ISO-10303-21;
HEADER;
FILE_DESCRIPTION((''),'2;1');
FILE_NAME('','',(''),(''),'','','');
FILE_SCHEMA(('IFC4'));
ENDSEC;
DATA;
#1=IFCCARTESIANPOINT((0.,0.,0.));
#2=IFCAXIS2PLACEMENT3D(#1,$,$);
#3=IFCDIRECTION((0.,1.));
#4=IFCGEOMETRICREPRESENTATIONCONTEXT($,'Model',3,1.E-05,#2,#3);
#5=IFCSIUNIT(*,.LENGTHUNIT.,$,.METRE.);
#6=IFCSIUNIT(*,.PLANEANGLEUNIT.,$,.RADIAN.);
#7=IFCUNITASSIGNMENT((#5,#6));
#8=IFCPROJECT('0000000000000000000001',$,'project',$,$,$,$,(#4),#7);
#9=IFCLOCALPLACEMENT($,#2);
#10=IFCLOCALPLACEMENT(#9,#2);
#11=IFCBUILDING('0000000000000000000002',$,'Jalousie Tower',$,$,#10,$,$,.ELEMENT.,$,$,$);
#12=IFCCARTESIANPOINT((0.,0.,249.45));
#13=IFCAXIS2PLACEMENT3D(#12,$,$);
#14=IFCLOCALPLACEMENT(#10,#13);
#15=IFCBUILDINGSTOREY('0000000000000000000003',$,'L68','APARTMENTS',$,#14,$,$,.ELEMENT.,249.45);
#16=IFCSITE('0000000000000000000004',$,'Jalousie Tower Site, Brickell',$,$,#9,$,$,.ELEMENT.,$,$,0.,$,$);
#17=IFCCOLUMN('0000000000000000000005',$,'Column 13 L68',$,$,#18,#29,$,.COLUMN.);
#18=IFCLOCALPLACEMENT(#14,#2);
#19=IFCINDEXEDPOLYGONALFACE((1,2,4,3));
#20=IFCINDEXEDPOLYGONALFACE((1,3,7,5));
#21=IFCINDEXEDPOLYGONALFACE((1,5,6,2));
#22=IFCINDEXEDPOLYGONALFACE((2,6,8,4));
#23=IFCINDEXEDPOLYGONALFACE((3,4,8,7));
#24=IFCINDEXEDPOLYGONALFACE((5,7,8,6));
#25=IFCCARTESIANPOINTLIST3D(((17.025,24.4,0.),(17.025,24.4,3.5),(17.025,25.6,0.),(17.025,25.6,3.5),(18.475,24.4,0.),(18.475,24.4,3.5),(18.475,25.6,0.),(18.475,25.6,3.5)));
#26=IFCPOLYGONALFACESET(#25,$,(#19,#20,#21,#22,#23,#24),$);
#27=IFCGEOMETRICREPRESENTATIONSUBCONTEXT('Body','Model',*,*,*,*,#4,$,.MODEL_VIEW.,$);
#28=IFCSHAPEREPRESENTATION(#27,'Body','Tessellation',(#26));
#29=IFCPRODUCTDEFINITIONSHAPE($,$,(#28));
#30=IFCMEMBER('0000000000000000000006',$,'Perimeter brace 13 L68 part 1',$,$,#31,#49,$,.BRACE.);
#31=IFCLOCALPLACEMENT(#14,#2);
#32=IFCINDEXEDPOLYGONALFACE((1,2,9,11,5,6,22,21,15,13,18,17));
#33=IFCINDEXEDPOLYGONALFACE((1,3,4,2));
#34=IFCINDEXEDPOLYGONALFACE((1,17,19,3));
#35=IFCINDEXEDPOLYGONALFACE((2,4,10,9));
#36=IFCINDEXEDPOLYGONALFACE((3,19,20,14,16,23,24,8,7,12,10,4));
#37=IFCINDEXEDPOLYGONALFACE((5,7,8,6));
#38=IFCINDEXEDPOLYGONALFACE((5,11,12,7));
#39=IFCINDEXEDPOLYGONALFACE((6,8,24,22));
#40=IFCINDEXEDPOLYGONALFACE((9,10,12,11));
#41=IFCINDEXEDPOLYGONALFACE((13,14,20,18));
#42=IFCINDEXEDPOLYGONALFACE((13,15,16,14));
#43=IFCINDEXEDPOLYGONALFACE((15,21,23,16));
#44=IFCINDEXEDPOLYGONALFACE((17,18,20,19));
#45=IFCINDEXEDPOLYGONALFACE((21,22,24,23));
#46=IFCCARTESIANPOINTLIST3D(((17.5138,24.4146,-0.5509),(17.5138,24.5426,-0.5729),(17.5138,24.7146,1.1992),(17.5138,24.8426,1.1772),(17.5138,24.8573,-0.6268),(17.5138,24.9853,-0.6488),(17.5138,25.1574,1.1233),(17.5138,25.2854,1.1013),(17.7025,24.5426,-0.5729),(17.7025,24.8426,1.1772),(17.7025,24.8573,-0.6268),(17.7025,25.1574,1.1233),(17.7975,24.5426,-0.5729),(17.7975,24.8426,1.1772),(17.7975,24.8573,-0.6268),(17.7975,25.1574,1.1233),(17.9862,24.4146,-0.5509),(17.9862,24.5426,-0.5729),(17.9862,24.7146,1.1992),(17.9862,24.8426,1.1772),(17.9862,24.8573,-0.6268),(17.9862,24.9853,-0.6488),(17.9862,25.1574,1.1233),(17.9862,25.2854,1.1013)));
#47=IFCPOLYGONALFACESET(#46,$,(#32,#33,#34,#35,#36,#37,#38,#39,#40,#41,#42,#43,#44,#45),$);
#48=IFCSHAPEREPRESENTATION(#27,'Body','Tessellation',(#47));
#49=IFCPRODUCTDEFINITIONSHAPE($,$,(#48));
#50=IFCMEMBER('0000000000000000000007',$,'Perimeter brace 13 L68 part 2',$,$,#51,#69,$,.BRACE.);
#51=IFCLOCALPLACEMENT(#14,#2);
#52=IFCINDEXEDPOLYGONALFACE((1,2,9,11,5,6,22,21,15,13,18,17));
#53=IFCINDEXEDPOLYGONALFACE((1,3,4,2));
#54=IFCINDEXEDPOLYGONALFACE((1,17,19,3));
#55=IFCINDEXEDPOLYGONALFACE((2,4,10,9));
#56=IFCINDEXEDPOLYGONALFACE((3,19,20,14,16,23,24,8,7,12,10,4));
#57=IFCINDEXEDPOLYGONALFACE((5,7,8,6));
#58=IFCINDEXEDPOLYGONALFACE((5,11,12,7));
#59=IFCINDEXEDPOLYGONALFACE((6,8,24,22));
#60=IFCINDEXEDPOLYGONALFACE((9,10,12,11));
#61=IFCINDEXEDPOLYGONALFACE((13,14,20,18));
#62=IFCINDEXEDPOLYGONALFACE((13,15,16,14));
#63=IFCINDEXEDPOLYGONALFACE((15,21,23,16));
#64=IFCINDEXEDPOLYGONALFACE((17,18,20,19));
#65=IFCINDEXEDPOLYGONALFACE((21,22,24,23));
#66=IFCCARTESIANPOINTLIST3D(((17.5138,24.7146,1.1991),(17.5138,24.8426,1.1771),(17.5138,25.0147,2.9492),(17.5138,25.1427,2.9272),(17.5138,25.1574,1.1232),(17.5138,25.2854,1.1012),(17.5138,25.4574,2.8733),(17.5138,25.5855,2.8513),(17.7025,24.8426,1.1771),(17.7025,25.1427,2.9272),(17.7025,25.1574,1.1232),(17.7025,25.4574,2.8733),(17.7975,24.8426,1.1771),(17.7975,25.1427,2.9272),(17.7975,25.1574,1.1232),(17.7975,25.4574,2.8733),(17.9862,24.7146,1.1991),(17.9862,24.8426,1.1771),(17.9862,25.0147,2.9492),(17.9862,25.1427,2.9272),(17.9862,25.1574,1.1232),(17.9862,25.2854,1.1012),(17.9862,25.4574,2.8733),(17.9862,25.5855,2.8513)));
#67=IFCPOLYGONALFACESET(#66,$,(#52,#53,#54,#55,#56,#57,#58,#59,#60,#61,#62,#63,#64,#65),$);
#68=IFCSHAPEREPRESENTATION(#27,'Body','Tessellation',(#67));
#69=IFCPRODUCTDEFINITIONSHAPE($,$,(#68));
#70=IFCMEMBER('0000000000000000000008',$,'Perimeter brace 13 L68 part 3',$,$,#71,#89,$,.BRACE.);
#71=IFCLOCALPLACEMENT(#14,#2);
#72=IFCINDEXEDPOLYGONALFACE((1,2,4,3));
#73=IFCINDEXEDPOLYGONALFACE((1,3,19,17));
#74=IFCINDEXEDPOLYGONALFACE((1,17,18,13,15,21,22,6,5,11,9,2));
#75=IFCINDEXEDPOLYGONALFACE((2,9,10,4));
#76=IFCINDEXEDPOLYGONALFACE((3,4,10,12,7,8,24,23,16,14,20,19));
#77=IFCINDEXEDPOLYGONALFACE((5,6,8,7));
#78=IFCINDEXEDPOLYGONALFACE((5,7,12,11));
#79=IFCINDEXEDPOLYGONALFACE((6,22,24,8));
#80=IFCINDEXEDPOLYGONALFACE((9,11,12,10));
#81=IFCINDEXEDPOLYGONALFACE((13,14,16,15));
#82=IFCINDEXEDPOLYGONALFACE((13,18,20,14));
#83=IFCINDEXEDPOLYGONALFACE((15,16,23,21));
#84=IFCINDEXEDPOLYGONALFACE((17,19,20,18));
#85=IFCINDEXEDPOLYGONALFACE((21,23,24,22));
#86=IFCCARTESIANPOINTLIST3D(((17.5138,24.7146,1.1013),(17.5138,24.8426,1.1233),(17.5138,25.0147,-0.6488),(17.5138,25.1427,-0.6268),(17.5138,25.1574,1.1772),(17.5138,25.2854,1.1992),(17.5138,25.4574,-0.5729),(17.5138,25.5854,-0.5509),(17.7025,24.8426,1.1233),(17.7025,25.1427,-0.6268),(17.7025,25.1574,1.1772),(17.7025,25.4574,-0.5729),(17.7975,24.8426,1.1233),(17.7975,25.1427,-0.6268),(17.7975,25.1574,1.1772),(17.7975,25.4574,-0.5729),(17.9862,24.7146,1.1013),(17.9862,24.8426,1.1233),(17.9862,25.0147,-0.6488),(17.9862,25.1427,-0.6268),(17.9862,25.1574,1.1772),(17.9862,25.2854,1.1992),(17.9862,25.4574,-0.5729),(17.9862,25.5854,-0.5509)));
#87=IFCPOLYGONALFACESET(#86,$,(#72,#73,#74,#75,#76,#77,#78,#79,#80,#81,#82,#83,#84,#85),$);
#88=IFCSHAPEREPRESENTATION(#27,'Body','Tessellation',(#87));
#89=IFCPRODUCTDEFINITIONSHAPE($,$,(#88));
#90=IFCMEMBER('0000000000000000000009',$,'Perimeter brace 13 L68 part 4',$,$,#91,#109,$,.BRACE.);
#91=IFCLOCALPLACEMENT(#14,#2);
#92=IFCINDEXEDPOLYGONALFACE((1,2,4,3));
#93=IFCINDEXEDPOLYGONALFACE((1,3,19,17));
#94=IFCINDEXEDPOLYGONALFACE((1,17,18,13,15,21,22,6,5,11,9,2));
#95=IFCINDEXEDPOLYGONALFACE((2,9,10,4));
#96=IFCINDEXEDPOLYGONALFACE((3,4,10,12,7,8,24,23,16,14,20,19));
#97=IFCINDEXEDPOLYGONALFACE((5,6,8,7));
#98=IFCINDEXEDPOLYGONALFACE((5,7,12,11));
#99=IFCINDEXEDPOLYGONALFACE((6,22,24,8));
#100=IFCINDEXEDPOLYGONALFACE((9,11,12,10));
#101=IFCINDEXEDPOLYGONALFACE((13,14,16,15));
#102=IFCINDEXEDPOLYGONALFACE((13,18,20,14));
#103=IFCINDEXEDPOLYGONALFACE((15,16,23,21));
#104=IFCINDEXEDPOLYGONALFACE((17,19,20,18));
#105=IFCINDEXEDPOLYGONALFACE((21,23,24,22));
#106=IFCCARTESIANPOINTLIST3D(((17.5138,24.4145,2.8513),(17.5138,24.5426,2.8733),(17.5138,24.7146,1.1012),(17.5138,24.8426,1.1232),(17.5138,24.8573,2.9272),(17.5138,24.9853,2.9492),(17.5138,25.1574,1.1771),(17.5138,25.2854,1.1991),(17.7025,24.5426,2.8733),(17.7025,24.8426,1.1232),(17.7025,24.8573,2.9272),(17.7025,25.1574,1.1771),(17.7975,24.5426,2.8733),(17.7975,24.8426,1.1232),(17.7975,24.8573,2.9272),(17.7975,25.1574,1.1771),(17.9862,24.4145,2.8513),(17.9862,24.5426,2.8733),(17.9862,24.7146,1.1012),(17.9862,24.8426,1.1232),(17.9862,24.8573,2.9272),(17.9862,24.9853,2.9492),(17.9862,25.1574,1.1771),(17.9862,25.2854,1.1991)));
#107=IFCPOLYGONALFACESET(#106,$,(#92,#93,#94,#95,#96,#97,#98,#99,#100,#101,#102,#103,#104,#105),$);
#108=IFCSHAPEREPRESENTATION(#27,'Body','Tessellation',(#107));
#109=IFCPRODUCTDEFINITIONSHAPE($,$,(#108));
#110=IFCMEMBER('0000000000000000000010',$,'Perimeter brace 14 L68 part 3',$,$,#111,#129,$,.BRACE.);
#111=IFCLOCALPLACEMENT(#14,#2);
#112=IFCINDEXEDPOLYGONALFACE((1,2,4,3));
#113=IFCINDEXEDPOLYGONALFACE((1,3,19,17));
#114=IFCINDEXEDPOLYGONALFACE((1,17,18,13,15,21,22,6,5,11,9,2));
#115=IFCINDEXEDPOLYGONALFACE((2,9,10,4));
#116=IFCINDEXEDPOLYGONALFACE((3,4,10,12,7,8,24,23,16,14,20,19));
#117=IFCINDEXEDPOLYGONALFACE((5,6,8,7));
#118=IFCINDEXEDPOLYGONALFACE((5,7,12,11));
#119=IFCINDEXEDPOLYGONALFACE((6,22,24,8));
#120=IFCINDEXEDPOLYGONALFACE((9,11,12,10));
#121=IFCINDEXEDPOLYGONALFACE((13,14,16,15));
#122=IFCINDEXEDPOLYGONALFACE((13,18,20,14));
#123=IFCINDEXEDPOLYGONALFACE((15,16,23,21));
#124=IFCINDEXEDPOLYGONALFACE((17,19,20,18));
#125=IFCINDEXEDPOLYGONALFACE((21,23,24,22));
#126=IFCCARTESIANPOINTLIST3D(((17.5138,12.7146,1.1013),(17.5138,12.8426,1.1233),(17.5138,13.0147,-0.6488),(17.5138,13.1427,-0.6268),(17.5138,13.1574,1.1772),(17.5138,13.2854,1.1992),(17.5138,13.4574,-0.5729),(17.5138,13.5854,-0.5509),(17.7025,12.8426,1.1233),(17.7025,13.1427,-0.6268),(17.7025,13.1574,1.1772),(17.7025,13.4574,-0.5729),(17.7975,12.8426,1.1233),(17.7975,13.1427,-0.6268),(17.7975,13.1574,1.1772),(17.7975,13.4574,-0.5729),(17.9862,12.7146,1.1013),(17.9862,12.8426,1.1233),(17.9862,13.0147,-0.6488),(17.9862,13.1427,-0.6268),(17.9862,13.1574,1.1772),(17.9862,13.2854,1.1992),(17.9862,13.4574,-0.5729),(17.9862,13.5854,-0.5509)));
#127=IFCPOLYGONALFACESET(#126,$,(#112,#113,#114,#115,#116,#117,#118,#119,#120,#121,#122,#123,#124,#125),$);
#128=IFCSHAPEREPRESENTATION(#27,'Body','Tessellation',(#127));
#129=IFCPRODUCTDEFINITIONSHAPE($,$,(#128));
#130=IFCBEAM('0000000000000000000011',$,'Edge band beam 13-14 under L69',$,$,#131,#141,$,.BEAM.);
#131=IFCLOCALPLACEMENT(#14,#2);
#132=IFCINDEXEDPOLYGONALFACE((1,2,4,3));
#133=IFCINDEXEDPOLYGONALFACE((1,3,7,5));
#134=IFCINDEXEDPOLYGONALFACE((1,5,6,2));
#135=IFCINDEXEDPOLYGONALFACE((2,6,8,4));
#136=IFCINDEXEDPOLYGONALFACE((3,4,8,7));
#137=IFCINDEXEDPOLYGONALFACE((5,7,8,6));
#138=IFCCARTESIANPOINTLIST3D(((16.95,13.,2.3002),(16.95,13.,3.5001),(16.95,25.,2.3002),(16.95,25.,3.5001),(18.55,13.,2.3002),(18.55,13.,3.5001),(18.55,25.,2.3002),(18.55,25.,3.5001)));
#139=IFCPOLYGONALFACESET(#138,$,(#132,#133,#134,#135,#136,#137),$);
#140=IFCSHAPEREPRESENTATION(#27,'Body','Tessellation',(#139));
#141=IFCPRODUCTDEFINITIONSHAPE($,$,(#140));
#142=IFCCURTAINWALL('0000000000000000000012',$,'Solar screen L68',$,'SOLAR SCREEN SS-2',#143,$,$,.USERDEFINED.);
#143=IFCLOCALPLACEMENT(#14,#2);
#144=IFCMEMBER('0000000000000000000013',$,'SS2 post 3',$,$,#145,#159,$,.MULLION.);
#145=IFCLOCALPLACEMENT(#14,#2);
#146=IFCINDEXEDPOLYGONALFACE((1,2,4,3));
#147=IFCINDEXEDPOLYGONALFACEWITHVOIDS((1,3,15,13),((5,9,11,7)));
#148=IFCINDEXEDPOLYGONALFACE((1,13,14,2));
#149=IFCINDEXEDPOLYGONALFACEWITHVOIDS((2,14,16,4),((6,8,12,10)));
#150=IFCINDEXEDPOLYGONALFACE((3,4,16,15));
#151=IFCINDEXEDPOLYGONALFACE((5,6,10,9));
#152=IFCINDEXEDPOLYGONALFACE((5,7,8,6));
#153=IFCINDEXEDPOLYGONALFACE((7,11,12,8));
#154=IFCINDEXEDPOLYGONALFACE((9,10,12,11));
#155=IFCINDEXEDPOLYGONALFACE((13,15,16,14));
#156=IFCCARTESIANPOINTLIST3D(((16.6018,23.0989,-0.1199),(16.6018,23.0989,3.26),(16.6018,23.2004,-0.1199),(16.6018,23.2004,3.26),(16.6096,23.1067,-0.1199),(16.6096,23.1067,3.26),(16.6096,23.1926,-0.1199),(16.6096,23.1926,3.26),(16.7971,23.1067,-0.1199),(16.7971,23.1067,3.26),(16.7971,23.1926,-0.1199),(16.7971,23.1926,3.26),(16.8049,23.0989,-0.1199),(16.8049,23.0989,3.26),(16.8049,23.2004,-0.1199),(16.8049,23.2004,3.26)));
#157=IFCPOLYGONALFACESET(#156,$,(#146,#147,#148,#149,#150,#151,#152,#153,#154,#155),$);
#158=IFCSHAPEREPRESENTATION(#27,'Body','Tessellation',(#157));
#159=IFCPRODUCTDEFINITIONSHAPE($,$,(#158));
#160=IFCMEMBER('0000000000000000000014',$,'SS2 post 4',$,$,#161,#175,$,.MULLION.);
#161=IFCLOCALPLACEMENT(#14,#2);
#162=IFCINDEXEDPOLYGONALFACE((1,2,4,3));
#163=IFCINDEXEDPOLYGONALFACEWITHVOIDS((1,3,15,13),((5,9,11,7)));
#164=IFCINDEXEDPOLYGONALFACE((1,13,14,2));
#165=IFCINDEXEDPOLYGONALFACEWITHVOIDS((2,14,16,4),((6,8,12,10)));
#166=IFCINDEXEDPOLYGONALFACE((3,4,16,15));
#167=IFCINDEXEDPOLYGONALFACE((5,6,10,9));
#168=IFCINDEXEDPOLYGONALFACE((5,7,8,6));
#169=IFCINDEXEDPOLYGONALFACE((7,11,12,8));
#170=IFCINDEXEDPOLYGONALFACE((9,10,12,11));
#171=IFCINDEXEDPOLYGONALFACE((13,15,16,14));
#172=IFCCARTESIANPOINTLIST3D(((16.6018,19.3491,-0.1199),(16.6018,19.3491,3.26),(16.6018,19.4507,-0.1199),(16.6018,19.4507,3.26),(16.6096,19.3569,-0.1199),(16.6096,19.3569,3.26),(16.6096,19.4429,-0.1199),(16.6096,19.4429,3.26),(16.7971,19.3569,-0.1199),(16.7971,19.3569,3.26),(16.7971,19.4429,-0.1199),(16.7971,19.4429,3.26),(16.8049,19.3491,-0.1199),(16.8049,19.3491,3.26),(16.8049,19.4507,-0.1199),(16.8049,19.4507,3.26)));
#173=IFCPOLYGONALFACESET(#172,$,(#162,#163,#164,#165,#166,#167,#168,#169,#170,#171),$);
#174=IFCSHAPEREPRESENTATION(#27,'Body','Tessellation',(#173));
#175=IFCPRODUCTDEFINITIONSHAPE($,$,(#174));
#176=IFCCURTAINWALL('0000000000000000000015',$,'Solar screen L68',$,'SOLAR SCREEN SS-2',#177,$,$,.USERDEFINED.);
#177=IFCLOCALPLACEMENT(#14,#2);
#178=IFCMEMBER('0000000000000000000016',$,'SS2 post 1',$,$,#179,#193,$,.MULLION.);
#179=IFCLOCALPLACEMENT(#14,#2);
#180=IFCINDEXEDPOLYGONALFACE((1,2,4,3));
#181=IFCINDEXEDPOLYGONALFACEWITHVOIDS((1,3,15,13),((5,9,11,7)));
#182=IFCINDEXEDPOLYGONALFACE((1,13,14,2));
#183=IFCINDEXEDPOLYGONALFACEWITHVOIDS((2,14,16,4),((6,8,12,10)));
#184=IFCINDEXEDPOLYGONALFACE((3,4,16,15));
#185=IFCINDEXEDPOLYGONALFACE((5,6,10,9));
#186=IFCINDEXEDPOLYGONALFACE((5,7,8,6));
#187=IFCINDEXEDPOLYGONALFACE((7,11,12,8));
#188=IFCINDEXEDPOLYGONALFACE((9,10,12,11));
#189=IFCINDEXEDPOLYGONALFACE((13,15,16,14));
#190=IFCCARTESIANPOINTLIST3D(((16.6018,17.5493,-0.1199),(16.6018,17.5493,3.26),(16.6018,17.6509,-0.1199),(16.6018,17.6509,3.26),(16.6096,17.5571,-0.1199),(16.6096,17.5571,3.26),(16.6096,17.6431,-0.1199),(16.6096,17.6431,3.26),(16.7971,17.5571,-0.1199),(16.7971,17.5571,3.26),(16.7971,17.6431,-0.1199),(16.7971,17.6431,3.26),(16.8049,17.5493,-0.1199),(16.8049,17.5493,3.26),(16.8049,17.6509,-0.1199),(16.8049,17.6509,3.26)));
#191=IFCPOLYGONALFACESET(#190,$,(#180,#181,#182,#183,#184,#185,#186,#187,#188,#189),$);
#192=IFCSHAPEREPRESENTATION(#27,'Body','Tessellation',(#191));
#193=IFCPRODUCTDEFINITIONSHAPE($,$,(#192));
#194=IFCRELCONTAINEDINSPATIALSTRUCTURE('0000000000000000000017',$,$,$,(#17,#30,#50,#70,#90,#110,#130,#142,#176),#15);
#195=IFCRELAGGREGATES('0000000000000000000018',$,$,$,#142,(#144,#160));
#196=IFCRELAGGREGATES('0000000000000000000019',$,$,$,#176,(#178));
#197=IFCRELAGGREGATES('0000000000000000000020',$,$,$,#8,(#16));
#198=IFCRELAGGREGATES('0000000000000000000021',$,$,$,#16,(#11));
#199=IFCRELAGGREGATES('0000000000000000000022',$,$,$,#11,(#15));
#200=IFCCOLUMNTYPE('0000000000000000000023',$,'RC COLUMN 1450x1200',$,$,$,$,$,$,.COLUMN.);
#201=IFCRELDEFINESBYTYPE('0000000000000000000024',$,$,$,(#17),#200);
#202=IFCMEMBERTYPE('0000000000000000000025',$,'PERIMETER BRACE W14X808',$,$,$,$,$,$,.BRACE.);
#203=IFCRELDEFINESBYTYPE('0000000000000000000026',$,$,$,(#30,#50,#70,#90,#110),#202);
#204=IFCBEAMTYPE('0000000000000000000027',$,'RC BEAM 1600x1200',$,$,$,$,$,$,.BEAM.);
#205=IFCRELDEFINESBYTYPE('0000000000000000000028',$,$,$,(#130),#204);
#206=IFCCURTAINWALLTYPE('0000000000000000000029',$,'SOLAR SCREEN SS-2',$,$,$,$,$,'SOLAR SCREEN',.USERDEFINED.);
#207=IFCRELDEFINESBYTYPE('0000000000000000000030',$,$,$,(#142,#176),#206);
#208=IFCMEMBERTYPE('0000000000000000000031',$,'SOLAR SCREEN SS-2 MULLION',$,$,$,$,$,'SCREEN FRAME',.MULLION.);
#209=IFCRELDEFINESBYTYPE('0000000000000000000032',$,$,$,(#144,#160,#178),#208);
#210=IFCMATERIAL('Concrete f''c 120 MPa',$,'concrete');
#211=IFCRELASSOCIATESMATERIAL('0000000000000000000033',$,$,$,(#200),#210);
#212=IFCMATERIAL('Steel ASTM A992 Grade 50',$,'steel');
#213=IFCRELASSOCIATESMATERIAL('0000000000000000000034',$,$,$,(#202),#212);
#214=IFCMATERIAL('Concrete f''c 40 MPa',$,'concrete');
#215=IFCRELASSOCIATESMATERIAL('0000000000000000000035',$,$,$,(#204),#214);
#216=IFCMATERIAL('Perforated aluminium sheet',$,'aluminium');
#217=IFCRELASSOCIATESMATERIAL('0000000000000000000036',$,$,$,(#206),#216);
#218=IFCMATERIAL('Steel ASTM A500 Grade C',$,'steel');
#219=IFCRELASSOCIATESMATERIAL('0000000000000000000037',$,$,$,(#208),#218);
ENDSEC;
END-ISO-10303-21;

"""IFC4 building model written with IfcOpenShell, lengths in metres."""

from ifc_helpers import new_model, si_unit, direction, frame, origin, origin_2d, place, context, subcontext, project, spatial, rectangle, hollow_rectangle, i_section, extrude, material, material_profile, profile_set, type_object, element, aggregate, save


model = new_model("IFC4")

# Units and contexts
model_context = context("Model", 3, precision=1e-05, world=origin(), true_north=direction((0.0, 1.0)))
body_context = subcontext(model_context, "Body", "Model", "MODEL_VIEW")
ifc_project = project(units=[si_unit("LENGTHUNIT", "METRE"), si_unit("PLANEANGLEUNIT", "RADIAN")], contexts=[model_context])

# Site, building, storey
site_placement = place(None, origin())
site = spatial("IfcSite", under=ifc_project, at=site_placement, Name="Jalousie Tower Site, Brickell", CompositionType="ELEMENT", RefElevation=0.0)
building_placement = place(site_placement, origin())
building = spatial("IfcBuilding", under=site, at=building_placement, Name="Jalousie Tower", CompositionType="ELEMENT")
storey_placement = place(building_placement, frame((0.0, 0.0, 249.45)))
storey = spatial("IfcBuildingStorey", under=building, at=storey_placement, Name="L68", Description="APARTMENTS", CompositionType="ELEMENT", Elevation=249.45)

# Column
ifc_material_1 = material(Name="Concrete f'c 120 MPa", Category="concrete")
ifc_material_profile_1 = material_profile(ifc_material_1, rectangle(XDim=1.45, YDim=1.2, at=origin_2d()), Name="RC 1450x1200")
ifc_profile_set_1 = profile_set([ifc_material_profile_1], Name="Concrete f'c 120 MPa")
column_type = type_object("IfcColumnType", Name="RC COLUMN 1450x1200", PredefinedType="COLUMN", material=ifc_profile_set_1)
column_placement = place(storey_placement, frame((17.75, 25.0, 0.0), z_axis=(0.0, 0.0, 1.0), x_axis=(1.0, 0.0, 0.0)))
element("IfcColumn", 1, at=column_placement, inside=storey, type_object=column_type, Name="Column 13 L68", PredefinedType="COLUMN", context=body_context, shape_type="SweptSolid", body=[
    extrude(rectangle(XDim=1.45, YDim=1.2, at=origin_2d()), origin(), (0.0, 0.0, 1.0), 3.5),
])

# Members
ifc_material_2 = material(Name="Steel ASTM A992 Grade 50", Category="steel")
ifc_material_profile_2 = material_profile(ifc_material_2, i_section(OverallWidth=0.4724, OverallDepth=0.5791, WebThickness=0.095, FlangeThickness=0.1299, at=origin_2d()), Name="W14X808")
ifc_profile_set_2 = profile_set([ifc_material_profile_2], Name="Steel ASTM A992 Grade 50")
member_type_1 = type_object("IfcMemberType", Name="PERIMETER BRACE W14X808", PredefinedType="BRACE", material=ifc_profile_set_2)
for number, where, z_axis, x_axis, name in (
    (2, (17.75, 24.7, -0.5999), (0.0, 0.168991, 0.985618), (-1.0, 0.0, 0.0), "Perimeter brace 13 L68 part 1"),
    (3, (17.75, 25.0, 1.1501), (0.0, 0.168991, 0.985618), (-1.0, 0.0, 0.0), "Perimeter brace 13 L68 part 2"),
    (4, (17.75, 25.3, -0.5999), (0.0, -0.168991, 0.985618), (1.0, 0.0, 0.0), "Perimeter brace 13 L68 part 3"),
    (5, (17.75, 25.0, 1.1501), (0.0, -0.168991, 0.985618), (1.0, 0.0, 0.0), "Perimeter brace 13 L68 part 4"),
    (6, (17.75, 13.3, -0.5999), (0.0, -0.168991, 0.985618), (1.0, 0.0, 0.0), "Perimeter brace 14 L68 part 3"),
):
    element("IfcMember", number, at=place(storey_placement, frame(where, z_axis=z_axis, x_axis=x_axis)), inside=storey, type_object=member_type_1, Name=name, PredefinedType="BRACE", context=body_context, shape_type="SweptSolid", body=[
        extrude(i_section(OverallWidth=0.4724, OverallDepth=0.5791, WebThickness=0.095, FlangeThickness=0.1299, at=origin_2d()), origin(), (0.0, 0.0, 1.0), 1.7756),
    ])

# Beam
ifc_material_3 = material(Name="Concrete f'c 40 MPa", Category="concrete")
ifc_material_profile_3 = material_profile(ifc_material_3, rectangle(XDim=1.6001, YDim=1.2, at=origin_2d()), Name="RC 1600x1200")
ifc_profile_set_3 = profile_set([ifc_material_profile_3], Name="Concrete f'c 40 MPa")
beam_type = type_object("IfcBeamType", Name="RC BEAM 1600x1200", PredefinedType="BEAM", material=ifc_profile_set_3)
beam_placement = place(storey_placement, frame((17.75, 25.0, 2.9001), z_axis=(0.0, -1.0, 0.0), x_axis=(1.0, 0.0, 0.0)))
element("IfcBeam", 7, at=beam_placement, inside=storey, type_object=beam_type, Name="Edge band beam 13-14 under L69", PredefinedType="BEAM", context=body_context, shape_type="SweptSolid", body=[
    extrude(rectangle(XDim=1.6001, YDim=1.2, at=origin_2d()), origin(), (0.0, 0.0, 1.0), 12.0),
])

# Curtain walls, members
ifc_material_4 = material(Name="Perforated aluminium sheet", Category="aluminium")
curtain_wall_type = type_object("IfcCurtainWallType", Name="SOLAR SCREEN SS-2", ElementType="SOLAR SCREEN", PredefinedType="USERDEFINED", material=ifc_material_4)
curtain_wall_1_placement = place(storey_placement, origin())
curtain_wall_1 = element("IfcCurtainWall", 8, at=curtain_wall_1_placement, inside=storey, type_object=curtain_wall_type, Name="Solar screen L68", ObjectType="SOLAR SCREEN SS-2", PredefinedType="USERDEFINED")
ifc_material_5 = material(Name="Steel ASTM A500 Grade C", Category="steel")
ifc_material_profile_4 = material_profile(ifc_material_5, hollow_rectangle(XDim=0.1016, YDim=0.2031, WallThickness=0.0078, at=origin_2d()), Name="HSS8X4X5/16")
ifc_profile_set_4 = profile_set([ifc_material_profile_4], Name="Steel ASTM A500 Grade C")
member_type_2 = type_object("IfcMemberType", Name="SOLAR SCREEN SS-2 MULLION", ElementType="SCREEN FRAME", PredefinedType="MULLION", material=ifc_profile_set_4)
member_1_placement = place(storey_placement, frame((16.7034, 23.1497, -0.1199), z_axis=(0.0, 0.0, 1.0), x_axis=(0.0, -1.0, 0.0)))
member_1 = element("IfcMember", 9, at=member_1_placement, type_object=member_type_2, Name="SS2 post 3", PredefinedType="MULLION", context=body_context, shape_type="SweptSolid", body=[
    extrude(hollow_rectangle(XDim=0.1016, YDim=0.2031, WallThickness=0.0078, at=origin_2d()), origin(), (0.0, 0.0, 1.0), 3.3799),
])
member_2_placement = place(storey_placement, frame((16.7034, 19.3999, -0.1199), z_axis=(0.0, 0.0, 1.0), x_axis=(0.0, -1.0, 0.0)))
member_2 = element("IfcMember", 10, at=member_2_placement, type_object=member_type_2, Name="SS2 post 4", PredefinedType="MULLION", context=body_context, shape_type="SweptSolid", body=[
    extrude(hollow_rectangle(XDim=0.1016, YDim=0.2031, WallThickness=0.0078, at=origin_2d()), origin(), (0.0, 0.0, 1.0), 3.3799),
])
curtain_wall_2_placement = place(storey_placement, origin())
curtain_wall_2 = element("IfcCurtainWall", 11, at=curtain_wall_2_placement, inside=storey, type_object=curtain_wall_type, Name="Solar screen L68", ObjectType="SOLAR SCREEN SS-2", PredefinedType="USERDEFINED")
member_3_placement = place(storey_placement, frame((16.7034, 17.6001, -0.1199), z_axis=(0.0, 0.0, 1.0), x_axis=(0.0, -1.0, 0.0)))
member_3 = element("IfcMember", 12, at=member_3_placement, type_object=member_type_2, Name="SS2 post 1", PredefinedType="MULLION", context=body_context, shape_type="SweptSolid", body=[
    extrude(hollow_rectangle(XDim=0.1016, YDim=0.2031, WallThickness=0.0078, at=origin_2d()), origin(), (0.0, 0.0, 1.0), 3.3799),
])

aggregate(curtain_wall_1, [member_1, member_2])
aggregate(curtain_wall_2, [member_3])

save(model, "model.ifc")
